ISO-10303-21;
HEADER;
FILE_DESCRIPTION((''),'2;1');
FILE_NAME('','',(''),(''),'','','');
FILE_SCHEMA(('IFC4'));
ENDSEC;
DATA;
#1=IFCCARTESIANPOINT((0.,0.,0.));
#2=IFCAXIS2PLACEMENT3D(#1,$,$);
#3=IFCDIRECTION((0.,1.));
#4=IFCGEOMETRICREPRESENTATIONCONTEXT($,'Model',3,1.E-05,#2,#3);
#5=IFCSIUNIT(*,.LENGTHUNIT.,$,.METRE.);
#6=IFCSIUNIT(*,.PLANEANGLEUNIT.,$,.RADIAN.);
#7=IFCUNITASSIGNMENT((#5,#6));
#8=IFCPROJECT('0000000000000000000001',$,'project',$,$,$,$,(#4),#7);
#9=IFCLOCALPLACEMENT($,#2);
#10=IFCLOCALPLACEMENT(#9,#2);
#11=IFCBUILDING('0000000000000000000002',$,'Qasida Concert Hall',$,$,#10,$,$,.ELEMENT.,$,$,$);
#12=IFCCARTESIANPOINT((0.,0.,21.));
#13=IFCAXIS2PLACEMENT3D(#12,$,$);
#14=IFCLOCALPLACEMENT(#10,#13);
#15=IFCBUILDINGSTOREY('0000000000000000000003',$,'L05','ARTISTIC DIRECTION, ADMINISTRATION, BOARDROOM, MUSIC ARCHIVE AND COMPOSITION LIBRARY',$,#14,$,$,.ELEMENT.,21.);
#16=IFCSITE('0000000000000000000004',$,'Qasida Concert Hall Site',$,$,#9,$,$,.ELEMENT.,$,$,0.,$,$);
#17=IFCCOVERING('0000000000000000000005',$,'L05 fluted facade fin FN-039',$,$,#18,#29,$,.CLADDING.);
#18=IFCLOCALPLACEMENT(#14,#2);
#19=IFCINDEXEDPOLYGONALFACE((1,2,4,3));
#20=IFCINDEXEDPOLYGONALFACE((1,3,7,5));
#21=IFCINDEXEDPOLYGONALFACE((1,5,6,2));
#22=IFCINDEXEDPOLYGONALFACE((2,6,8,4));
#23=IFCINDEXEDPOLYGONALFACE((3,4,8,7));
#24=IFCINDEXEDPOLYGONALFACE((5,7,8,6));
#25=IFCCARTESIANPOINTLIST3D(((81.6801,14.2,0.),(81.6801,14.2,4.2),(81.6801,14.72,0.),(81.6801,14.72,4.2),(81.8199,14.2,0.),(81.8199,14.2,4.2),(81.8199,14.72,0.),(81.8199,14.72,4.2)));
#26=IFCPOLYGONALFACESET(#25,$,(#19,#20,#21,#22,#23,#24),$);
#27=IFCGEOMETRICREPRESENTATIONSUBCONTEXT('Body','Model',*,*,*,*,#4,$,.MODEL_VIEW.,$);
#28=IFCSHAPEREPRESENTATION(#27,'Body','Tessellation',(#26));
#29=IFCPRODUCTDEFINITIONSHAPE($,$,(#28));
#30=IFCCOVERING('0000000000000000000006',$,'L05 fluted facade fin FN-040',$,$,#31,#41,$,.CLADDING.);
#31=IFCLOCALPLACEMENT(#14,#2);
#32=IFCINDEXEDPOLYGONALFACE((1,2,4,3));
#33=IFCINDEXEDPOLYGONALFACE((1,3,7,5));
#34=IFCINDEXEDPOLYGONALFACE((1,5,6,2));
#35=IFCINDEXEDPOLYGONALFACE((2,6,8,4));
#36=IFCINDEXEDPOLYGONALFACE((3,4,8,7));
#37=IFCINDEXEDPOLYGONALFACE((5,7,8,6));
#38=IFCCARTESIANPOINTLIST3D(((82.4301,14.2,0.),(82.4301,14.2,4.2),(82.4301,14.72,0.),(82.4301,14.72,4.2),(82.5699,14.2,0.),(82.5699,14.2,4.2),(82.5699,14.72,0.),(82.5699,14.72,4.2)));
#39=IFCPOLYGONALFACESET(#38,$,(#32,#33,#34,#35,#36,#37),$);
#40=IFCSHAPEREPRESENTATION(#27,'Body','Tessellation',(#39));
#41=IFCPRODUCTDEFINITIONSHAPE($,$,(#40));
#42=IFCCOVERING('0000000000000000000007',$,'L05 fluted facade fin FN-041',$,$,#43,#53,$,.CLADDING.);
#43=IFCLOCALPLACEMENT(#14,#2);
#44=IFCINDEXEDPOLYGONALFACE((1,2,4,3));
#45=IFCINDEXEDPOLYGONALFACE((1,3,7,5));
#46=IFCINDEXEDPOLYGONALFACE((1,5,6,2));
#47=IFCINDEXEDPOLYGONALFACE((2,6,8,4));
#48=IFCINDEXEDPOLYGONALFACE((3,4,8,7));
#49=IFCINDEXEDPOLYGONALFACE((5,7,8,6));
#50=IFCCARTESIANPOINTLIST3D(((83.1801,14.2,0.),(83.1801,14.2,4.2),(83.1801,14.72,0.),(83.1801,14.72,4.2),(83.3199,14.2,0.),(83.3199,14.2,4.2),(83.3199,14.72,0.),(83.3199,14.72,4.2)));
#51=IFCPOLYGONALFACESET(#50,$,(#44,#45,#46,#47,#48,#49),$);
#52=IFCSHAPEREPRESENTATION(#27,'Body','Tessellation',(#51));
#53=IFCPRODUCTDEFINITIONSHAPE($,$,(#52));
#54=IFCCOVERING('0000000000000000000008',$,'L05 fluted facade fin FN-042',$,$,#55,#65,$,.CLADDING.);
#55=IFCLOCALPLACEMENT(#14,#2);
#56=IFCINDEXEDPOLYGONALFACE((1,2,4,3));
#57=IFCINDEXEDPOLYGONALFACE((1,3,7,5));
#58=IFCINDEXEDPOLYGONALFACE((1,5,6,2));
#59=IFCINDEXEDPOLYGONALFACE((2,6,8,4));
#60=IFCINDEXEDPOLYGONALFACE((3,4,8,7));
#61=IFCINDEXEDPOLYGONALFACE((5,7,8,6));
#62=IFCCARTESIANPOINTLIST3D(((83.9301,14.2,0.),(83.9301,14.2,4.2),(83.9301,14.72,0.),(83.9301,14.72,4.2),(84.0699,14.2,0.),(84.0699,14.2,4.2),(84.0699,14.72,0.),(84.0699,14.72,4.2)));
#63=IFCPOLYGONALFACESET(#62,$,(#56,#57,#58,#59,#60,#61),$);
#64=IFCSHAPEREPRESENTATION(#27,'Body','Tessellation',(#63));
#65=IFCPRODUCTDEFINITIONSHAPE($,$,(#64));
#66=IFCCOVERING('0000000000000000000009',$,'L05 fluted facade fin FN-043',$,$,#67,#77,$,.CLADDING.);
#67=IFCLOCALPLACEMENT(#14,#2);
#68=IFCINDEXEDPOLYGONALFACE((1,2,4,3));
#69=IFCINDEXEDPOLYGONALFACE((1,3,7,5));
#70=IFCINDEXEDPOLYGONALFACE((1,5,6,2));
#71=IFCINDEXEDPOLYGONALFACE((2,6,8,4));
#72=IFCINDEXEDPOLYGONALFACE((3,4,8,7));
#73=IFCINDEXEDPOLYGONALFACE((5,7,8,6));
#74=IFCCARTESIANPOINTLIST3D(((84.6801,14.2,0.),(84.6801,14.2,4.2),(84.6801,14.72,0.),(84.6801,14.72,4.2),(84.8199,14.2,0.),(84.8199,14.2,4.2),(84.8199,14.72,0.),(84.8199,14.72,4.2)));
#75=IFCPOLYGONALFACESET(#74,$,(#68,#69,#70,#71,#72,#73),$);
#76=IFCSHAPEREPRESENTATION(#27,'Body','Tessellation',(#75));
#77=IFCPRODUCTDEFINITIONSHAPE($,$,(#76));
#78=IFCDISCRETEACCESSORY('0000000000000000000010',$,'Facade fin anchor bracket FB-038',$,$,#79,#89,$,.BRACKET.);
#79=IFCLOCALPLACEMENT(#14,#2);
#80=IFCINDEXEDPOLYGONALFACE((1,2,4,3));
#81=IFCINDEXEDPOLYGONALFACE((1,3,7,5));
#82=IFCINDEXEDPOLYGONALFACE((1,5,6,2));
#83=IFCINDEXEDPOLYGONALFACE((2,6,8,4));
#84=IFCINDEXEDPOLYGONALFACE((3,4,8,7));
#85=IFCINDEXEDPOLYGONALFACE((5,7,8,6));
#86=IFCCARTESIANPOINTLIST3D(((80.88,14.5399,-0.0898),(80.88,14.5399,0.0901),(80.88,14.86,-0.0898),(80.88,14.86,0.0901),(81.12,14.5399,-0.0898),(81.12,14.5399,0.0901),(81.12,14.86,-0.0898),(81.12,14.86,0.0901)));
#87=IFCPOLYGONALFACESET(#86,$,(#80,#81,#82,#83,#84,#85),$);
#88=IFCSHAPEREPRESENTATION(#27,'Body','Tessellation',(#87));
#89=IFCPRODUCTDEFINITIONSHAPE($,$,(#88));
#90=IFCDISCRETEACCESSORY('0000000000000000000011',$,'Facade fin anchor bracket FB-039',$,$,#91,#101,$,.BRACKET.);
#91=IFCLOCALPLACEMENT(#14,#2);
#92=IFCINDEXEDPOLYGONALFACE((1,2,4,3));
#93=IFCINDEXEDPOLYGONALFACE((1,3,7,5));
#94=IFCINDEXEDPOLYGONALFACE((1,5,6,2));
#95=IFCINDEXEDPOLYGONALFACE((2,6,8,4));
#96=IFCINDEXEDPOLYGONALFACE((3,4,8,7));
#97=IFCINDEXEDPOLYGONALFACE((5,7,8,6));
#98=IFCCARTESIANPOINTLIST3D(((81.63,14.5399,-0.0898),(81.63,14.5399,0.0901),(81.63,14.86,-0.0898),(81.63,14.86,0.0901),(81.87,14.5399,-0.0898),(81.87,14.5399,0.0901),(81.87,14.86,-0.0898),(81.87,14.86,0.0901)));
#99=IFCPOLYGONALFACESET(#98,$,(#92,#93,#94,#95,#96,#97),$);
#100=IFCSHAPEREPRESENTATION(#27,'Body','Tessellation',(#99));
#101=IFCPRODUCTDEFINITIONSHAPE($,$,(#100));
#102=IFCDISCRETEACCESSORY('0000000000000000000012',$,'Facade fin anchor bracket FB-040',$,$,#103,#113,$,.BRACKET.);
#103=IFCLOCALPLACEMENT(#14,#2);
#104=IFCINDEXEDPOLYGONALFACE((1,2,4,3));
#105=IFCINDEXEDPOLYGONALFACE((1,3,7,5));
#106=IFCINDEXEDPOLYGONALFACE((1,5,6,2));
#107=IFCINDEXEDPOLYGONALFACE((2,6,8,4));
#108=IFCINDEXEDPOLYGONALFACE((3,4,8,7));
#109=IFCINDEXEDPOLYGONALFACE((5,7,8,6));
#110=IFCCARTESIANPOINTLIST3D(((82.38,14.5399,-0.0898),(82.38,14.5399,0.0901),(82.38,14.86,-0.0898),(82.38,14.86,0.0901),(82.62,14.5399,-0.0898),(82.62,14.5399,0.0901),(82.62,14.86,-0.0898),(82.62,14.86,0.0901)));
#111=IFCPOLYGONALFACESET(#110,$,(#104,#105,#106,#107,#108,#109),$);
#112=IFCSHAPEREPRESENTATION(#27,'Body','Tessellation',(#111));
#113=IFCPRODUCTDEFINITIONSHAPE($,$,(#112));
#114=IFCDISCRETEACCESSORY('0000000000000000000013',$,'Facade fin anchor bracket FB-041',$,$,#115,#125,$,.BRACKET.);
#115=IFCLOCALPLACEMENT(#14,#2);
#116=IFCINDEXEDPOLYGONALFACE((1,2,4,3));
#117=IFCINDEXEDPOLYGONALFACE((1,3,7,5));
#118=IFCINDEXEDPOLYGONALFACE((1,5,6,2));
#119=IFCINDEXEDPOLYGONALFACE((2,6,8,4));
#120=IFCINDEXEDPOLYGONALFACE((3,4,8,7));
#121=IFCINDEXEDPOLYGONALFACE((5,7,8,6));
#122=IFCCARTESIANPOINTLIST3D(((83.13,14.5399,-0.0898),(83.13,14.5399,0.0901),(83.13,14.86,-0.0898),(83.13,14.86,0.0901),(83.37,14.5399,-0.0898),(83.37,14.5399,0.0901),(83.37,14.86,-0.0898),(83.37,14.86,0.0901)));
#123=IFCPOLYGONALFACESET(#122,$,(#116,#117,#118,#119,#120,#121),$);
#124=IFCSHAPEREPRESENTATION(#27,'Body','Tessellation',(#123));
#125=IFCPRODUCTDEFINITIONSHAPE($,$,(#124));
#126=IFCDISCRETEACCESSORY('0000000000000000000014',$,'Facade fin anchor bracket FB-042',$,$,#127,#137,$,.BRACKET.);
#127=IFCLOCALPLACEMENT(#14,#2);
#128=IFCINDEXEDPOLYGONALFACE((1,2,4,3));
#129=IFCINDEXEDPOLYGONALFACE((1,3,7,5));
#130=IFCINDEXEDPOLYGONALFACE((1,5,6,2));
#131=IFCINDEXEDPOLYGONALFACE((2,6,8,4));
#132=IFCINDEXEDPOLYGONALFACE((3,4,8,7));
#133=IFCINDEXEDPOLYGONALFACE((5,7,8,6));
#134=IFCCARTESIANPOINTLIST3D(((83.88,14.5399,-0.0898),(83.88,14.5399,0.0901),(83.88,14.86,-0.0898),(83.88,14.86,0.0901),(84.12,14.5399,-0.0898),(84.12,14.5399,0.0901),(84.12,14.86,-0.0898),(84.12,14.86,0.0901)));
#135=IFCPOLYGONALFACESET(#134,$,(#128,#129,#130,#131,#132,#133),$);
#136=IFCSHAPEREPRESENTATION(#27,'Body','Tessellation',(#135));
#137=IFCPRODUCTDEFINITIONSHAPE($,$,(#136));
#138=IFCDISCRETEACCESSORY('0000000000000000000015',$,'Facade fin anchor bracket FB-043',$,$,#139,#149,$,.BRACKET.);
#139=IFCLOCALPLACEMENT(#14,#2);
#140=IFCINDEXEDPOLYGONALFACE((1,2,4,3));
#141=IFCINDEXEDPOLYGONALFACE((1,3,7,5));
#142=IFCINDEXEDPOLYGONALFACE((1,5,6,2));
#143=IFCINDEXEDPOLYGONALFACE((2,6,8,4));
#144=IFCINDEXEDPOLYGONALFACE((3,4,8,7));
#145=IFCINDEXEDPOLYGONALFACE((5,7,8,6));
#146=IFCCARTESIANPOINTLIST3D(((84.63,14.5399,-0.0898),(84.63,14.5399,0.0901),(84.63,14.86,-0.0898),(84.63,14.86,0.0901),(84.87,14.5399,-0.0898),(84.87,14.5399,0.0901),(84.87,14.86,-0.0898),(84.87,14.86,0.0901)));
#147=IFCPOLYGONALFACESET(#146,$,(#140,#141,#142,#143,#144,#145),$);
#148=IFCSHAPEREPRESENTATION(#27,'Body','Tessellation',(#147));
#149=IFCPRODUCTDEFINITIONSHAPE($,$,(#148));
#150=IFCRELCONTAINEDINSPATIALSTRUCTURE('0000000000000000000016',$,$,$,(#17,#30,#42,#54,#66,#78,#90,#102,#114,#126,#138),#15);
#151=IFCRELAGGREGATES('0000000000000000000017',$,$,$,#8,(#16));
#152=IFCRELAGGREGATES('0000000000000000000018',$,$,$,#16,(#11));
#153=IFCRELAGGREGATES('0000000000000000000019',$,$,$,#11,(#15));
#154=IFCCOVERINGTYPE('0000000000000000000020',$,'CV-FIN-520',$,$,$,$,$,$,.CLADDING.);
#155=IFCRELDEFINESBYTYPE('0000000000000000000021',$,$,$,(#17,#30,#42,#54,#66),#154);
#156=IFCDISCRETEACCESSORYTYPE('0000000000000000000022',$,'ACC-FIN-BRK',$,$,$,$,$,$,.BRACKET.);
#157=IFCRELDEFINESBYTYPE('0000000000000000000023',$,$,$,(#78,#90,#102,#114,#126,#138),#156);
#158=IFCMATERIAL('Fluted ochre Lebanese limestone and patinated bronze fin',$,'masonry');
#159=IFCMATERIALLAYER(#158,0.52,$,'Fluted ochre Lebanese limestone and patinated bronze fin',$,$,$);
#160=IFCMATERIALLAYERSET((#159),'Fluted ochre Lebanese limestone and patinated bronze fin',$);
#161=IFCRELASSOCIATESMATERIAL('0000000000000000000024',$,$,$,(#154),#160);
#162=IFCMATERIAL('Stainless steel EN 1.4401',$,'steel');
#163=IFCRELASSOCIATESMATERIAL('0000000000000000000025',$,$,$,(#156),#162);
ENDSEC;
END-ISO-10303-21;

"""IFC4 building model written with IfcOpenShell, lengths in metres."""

from ifc_helpers import new_model, si_unit, direction, frame, origin, origin_2d, place, context, subcontext, project, spatial, rectangle, extrude, material, layer, layer_set, type_object, element, save


model = new_model("IFC4")

# Units and contexts
model_context = context("Model", 3, precision=1e-05, world=origin(), true_north=direction((0.0, 1.0)))
body_context = subcontext(model_context, "Body", "Model", "MODEL_VIEW")
ifc_project = project(units=[si_unit("LENGTHUNIT", "METRE"), si_unit("PLANEANGLEUNIT", "RADIAN")], contexts=[model_context])

# Site, building, storey
site_placement = place(None, origin())
site = spatial("IfcSite", under=ifc_project, at=site_placement, Name="Qasida Concert Hall Site", CompositionType="ELEMENT", RefElevation=0.0)
building_placement = place(site_placement, origin())
building = spatial("IfcBuilding", under=site, at=building_placement, Name="Qasida Concert Hall", CompositionType="ELEMENT")
storey_placement = place(building_placement, frame((0.0, 0.0, 21.0)))
storey = spatial("IfcBuildingStorey", under=building, at=storey_placement, Name="L05", Description="ARTISTIC DIRECTION, ADMINISTRATION, BOARDROOM, MUSIC ARCHIVE AND COMPOSITION LIBRARY", CompositionType="ELEMENT", Elevation=21.0)

# Coverings
ifc_material_1 = material(Name="Fluted ochre Lebanese limestone and patinated bronze fin", Category="masonry")
ifc_layer_1 = layer(ifc_material_1, 0.52, Name="Fluted ochre Lebanese limestone and patinated bronze fin")
ifc_layer_set_1 = layer_set([ifc_layer_1], Name="Fluted ochre Lebanese limestone and patinated bronze fin")
covering_type = type_object("IfcCoveringType", Name="CV-FIN-520", PredefinedType="CLADDING", material=ifc_layer_set_1)
for number, where, z_axis, x_axis, name in (
    (1, (81.75, 14.46, 0.0), (0.0, 0.0, 1.0), (1.0, 0.0, 0.0), "L05 fluted facade fin FN-039"),
    (2, (82.5, 14.46, 0.0), (0.0, 0.0, 1.0), (1.0, 0.0, 0.0), "L05 fluted facade fin FN-040"),
    (3, (83.25, 14.46, 0.0), (0.0, 0.0, 1.0), (1.0, 0.0, 0.0), "L05 fluted facade fin FN-041"),
    (4, (84.0, 14.46, 0.0), (0.0, 0.0, 1.0), (1.0, 0.0, 0.0), "L05 fluted facade fin FN-042"),
    (5, (84.75, 14.46, 0.0), (0.0, 0.0, 1.0), (1.0, 0.0, 0.0), "L05 fluted facade fin FN-043"),
):
    element("IfcCovering", number, at=place(storey_placement, frame(where, z_axis=z_axis, x_axis=x_axis)), inside=storey, type_object=covering_type, Name=name, PredefinedType="CLADDING", context=body_context, shape_type="SweptSolid", body=[
        extrude(rectangle(XDim=0.1399, YDim=0.52, at=origin_2d()), origin(), (0.0, 0.0, 1.0), 4.2),
    ])

# Discrete accessories
ifc_material_2 = material(Name="Stainless steel EN 1.4401", Category="steel")
discrete_accessory_type = type_object("IfcDiscreteAccessoryType", Name="ACC-FIN-BRK", PredefinedType="BRACKET", material=ifc_material_2)
for number, where, z_axis, x_axis, name in (
    (6, (81.0, 14.7, -0.0898), (0.0, 0.0, 1.0), (1.0, 0.0, 0.0), "Facade fin anchor bracket FB-038"),
    (7, (81.75, 14.7, -0.0898), (0.0, 0.0, 1.0), (1.0, 0.0, 0.0), "Facade fin anchor bracket FB-039"),
    (8, (82.5, 14.7, -0.0898), (0.0, 0.0, 1.0), (1.0, 0.0, 0.0), "Facade fin anchor bracket FB-040"),
    (9, (83.25, 14.7, -0.0898), (0.0, 0.0, 1.0), (1.0, 0.0, 0.0), "Facade fin anchor bracket FB-041"),
    (10, (84.0, 14.7, -0.0898), (0.0, 0.0, 1.0), (1.0, 0.0, 0.0), "Facade fin anchor bracket FB-042"),
    (11, (84.75, 14.7, -0.0898), (0.0, 0.0, 1.0), (1.0, 0.0, 0.0), "Facade fin anchor bracket FB-043"),
):
    element("IfcDiscreteAccessory", number, at=place(storey_placement, frame(where, z_axis=z_axis, x_axis=x_axis)), inside=storey, type_object=discrete_accessory_type, Name=name, PredefinedType="BRACKET", context=body_context, shape_type="SweptSolid", body=[
        extrude(rectangle(XDim=0.24, YDim=0.3201, at=origin_2d()), origin(), (0.0, 0.0, 1.0), 0.1799),
    ])

save(model, "model.ifc")
